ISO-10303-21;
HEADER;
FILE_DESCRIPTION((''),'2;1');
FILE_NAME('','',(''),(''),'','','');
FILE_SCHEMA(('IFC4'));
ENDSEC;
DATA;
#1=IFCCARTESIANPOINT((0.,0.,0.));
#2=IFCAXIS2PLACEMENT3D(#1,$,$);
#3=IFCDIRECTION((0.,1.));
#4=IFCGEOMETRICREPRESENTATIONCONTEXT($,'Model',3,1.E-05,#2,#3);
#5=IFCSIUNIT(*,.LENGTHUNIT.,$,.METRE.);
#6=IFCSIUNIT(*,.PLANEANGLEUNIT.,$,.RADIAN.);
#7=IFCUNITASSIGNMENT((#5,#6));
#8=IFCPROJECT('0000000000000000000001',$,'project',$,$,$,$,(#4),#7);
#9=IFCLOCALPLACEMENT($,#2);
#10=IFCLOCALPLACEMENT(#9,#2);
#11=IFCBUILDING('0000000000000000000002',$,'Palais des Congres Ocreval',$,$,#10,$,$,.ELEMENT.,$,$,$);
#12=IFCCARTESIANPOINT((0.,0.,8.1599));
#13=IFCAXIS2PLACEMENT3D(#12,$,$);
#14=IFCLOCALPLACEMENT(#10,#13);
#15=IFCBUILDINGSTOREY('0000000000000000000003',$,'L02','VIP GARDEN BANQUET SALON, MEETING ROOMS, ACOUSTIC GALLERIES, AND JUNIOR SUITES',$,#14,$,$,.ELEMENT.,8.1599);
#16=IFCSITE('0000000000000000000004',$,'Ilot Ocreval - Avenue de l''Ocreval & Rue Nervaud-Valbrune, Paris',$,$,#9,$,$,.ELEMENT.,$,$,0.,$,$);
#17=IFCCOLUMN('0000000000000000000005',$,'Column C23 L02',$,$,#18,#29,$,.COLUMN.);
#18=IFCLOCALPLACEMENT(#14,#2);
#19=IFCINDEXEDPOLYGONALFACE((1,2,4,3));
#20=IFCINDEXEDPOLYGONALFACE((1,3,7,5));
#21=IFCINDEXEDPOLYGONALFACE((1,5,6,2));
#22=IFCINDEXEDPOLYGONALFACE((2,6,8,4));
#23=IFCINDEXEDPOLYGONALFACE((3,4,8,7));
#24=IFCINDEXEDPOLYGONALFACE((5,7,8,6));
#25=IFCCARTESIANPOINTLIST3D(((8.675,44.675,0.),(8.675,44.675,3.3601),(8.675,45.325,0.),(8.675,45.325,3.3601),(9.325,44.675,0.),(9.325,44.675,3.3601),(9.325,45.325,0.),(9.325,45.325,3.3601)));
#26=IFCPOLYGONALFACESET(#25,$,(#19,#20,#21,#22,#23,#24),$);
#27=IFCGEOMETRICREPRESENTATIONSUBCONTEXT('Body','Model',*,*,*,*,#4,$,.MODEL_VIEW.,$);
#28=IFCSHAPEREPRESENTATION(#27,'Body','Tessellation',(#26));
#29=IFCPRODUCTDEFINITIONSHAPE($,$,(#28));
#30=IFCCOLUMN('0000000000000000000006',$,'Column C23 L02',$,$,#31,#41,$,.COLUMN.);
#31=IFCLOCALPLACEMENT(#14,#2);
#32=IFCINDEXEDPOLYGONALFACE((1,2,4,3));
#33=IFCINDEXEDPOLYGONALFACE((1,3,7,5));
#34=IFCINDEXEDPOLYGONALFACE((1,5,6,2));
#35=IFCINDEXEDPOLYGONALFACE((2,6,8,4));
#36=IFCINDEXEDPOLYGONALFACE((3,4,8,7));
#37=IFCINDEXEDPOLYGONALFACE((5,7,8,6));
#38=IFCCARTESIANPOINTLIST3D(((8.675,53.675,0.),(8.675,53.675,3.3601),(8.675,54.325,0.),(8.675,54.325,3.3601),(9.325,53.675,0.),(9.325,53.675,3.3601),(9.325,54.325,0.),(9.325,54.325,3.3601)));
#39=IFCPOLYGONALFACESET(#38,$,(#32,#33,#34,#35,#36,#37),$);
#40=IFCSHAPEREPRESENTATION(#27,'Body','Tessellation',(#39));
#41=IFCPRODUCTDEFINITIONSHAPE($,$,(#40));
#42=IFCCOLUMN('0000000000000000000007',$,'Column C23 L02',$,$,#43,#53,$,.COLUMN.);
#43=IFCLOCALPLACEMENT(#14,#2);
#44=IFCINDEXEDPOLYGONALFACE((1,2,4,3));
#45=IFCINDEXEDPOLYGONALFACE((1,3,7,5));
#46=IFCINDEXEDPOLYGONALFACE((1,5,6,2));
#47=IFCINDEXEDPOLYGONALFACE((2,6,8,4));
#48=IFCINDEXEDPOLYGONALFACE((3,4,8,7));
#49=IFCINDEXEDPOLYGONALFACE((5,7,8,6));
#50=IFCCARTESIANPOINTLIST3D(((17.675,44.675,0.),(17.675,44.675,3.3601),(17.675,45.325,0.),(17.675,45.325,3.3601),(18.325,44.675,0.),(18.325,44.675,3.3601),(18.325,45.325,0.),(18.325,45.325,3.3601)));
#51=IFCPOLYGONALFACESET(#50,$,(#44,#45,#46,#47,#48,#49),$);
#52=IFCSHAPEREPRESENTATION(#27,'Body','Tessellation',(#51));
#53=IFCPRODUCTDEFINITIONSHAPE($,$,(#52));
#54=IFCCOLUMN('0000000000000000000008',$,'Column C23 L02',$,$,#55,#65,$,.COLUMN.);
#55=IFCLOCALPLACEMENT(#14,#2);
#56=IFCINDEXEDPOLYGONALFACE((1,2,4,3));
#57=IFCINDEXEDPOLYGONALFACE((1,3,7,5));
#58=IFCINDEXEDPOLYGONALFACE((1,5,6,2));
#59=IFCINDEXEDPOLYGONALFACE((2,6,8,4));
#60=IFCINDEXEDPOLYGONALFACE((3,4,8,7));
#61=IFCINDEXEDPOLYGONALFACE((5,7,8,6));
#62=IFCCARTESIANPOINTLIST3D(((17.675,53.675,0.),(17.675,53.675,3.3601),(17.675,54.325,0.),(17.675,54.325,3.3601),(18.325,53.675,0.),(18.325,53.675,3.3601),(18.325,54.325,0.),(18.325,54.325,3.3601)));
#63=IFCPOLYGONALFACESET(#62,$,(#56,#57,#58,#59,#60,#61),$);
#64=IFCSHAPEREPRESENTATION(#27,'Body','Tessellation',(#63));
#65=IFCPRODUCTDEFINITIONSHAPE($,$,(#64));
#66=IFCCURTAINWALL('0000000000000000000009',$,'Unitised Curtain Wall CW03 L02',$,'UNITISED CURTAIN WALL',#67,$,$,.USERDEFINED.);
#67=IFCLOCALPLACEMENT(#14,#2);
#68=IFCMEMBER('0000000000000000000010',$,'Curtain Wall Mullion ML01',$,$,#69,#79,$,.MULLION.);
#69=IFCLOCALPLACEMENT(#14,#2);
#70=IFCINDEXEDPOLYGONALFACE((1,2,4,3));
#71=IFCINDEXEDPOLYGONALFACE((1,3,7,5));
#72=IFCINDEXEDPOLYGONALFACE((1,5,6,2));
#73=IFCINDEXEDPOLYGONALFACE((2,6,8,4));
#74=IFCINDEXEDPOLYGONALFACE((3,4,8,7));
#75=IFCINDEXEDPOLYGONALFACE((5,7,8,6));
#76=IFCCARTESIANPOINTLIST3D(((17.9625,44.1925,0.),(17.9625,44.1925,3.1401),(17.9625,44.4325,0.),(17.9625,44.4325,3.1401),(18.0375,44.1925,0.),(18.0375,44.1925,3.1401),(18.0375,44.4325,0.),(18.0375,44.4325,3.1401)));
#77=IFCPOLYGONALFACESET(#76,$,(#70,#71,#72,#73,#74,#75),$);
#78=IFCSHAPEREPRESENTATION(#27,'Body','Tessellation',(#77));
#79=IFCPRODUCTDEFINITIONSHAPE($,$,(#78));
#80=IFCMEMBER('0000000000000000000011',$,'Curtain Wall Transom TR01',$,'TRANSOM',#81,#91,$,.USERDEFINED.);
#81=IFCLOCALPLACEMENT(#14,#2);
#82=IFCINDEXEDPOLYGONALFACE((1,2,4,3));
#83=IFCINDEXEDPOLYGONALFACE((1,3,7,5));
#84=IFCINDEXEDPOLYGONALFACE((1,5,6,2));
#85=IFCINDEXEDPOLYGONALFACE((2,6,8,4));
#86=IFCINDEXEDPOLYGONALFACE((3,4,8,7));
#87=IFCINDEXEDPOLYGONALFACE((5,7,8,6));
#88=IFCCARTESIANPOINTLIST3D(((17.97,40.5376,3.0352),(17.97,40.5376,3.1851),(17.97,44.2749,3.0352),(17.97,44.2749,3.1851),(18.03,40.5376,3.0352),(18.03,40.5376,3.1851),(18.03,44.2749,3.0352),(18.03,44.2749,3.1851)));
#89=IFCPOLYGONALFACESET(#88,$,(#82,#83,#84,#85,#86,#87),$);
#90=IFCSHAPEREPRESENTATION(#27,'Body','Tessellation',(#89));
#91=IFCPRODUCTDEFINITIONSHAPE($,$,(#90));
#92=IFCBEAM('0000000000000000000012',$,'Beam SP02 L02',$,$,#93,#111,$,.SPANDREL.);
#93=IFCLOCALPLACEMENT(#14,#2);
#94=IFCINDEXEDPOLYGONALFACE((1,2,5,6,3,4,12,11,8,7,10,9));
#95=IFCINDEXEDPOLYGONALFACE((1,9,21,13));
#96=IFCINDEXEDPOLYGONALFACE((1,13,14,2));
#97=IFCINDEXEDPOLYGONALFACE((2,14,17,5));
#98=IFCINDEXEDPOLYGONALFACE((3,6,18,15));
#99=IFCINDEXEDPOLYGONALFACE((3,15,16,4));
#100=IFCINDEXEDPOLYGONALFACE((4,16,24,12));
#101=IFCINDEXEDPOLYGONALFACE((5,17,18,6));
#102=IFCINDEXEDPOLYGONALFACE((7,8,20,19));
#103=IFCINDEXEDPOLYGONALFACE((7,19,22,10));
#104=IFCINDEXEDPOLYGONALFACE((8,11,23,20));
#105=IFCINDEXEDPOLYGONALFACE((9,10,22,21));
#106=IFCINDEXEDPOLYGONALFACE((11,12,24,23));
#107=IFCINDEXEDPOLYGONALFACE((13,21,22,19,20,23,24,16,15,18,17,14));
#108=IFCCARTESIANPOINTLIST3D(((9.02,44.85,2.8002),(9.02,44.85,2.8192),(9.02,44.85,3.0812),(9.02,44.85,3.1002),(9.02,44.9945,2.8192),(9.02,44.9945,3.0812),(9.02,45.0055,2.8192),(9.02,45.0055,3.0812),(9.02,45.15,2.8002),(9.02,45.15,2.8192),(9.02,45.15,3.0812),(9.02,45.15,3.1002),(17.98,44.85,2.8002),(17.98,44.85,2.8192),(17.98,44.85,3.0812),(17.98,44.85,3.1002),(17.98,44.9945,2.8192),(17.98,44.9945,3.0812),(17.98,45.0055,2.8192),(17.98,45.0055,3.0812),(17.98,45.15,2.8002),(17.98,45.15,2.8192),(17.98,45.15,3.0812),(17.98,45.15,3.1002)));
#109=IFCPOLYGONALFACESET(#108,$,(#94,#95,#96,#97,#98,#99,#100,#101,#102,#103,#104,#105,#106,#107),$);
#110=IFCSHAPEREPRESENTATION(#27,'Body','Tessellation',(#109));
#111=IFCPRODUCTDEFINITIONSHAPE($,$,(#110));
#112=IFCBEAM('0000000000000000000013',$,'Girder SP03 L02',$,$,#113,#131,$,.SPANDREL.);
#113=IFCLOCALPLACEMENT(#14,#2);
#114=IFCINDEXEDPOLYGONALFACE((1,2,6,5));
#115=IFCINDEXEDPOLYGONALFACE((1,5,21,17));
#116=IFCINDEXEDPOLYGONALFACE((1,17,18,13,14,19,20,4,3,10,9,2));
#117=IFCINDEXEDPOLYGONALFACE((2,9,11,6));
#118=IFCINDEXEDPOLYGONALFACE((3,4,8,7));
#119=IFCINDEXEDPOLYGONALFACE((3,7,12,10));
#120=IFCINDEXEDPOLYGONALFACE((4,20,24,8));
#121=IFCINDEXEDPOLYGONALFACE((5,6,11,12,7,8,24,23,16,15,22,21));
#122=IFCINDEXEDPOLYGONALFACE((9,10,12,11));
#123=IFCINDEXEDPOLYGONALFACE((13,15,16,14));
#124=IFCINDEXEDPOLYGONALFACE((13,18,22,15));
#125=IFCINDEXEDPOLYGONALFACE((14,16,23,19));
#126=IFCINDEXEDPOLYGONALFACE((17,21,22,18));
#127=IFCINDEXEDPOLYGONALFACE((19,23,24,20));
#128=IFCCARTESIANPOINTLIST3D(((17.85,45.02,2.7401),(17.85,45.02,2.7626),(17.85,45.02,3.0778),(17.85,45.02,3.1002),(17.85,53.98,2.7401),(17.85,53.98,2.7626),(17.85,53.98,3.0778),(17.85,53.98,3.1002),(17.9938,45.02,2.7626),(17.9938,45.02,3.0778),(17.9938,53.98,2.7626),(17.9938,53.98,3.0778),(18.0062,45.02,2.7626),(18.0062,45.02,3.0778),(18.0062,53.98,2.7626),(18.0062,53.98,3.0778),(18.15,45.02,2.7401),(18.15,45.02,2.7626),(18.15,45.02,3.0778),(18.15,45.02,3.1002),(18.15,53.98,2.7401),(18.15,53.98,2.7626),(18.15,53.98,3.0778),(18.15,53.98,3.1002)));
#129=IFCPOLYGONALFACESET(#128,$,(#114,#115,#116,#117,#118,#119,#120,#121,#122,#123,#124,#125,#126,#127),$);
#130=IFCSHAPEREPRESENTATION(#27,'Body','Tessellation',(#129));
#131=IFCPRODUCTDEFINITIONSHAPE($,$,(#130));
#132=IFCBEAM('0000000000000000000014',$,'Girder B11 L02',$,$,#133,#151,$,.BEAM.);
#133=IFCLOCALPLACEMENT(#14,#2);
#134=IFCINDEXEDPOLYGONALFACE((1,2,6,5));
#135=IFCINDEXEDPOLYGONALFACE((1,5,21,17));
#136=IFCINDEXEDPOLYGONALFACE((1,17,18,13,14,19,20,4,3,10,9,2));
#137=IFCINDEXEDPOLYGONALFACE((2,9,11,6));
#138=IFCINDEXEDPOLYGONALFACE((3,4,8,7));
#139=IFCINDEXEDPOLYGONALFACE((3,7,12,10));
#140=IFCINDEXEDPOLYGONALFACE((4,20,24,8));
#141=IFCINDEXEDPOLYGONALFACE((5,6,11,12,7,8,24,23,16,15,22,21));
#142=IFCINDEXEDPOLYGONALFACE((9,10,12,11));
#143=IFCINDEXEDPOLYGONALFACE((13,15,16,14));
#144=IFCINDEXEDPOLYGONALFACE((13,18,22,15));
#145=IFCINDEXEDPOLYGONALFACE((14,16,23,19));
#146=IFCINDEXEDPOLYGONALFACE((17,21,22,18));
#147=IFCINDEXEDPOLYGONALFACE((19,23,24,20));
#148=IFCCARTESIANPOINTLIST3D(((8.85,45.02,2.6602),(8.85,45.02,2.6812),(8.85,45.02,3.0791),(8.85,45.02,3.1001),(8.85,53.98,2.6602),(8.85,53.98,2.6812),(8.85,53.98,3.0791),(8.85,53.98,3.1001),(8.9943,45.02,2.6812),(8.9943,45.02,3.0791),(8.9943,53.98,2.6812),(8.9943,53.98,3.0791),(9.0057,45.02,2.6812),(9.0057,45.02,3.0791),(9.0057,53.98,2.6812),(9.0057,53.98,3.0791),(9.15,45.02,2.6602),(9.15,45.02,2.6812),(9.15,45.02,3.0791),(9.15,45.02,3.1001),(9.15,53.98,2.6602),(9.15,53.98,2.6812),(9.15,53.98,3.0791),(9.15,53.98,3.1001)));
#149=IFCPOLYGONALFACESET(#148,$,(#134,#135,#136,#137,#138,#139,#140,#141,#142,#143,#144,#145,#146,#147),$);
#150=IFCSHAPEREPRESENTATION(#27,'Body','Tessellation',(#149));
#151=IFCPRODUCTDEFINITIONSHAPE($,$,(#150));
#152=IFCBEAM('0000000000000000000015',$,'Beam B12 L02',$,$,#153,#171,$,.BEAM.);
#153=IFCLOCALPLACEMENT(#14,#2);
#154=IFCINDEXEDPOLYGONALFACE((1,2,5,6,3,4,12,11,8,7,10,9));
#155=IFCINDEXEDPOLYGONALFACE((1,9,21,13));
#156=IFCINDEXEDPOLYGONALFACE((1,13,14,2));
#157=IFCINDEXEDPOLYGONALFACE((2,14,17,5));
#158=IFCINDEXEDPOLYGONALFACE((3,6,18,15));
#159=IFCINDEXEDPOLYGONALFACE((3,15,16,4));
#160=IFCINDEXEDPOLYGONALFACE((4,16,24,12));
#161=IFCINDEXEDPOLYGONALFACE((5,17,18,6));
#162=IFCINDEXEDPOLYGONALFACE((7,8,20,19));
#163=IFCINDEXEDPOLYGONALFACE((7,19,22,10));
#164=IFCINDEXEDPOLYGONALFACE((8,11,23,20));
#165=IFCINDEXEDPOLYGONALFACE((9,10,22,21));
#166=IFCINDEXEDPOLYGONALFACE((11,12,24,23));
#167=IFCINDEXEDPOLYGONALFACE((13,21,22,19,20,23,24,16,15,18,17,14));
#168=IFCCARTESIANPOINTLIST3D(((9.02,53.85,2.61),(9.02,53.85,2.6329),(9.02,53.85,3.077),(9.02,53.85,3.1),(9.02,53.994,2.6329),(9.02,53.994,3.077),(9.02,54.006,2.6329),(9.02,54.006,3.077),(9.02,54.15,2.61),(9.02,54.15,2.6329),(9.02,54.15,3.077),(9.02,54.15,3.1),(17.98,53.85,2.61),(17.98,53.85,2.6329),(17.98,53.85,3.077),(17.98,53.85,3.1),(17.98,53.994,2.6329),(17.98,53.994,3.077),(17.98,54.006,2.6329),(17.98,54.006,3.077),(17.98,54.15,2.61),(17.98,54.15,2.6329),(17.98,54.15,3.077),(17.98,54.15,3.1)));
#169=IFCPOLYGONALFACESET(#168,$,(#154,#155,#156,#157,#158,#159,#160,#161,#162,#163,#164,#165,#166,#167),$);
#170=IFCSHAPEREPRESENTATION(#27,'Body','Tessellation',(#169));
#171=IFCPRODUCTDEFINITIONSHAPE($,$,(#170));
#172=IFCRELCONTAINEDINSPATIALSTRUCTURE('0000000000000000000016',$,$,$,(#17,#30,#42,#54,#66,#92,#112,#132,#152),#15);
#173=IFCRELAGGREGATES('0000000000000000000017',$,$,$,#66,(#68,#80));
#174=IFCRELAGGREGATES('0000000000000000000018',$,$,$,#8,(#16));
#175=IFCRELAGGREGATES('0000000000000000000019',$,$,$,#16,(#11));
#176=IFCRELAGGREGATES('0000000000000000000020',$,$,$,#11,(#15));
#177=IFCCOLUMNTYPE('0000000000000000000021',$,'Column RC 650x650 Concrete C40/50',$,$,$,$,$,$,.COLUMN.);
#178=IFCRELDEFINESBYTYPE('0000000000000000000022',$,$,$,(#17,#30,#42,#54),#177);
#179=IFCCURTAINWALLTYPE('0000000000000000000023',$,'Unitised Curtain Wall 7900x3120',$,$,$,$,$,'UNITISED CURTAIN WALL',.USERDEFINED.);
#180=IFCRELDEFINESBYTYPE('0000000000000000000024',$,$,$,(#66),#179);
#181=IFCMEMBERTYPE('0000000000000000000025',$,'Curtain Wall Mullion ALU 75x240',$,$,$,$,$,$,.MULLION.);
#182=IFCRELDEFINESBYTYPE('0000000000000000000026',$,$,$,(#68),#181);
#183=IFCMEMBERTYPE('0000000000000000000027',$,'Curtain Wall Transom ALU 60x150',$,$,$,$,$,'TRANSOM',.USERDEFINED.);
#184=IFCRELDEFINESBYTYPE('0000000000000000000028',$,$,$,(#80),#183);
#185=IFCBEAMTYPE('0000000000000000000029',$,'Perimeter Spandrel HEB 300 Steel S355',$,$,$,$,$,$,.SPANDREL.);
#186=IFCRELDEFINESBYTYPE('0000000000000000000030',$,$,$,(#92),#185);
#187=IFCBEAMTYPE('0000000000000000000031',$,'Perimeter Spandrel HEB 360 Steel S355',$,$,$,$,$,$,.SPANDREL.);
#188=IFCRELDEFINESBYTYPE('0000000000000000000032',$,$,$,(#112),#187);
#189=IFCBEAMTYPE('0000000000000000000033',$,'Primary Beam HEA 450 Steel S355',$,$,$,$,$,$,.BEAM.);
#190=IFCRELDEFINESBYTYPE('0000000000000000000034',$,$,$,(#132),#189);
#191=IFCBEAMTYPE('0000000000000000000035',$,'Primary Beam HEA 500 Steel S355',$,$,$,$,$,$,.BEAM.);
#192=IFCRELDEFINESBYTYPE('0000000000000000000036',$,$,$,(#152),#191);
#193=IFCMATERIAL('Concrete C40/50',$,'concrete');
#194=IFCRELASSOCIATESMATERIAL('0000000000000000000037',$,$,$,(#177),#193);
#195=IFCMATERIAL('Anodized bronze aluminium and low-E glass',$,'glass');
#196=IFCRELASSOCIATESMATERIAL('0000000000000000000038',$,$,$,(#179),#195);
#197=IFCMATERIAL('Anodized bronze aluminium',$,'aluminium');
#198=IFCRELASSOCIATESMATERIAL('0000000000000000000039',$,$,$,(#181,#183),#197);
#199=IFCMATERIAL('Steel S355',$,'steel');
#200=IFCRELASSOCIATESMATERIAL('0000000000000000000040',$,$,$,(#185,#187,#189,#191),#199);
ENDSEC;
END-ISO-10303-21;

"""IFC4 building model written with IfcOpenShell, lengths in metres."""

from ifc_helpers import new_model, si_unit, direction, frame, origin, origin_2d, place, context, subcontext, project, spatial, rectangle, i_section, extrude, material, material_profile, profile_set, type_object, element, aggregate, save


model = new_model("IFC4")

# Units and contexts
model_context = context("Model", 3, precision=1e-05, world=origin(), true_north=direction((0.0, 1.0)))
body_context = subcontext(model_context, "Body", "Model", "MODEL_VIEW")
ifc_project = project(units=[si_unit("LENGTHUNIT", "METRE"), si_unit("PLANEANGLEUNIT", "RADIAN")], contexts=[model_context])

# Site, building, storey
site_placement = place(None, origin())
site = spatial("IfcSite", under=ifc_project, at=site_placement, Name="Ilot Ocreval - Avenue de l'Ocreval & Rue Nervaud-Valbrune, Paris", CompositionType="ELEMENT", RefElevation=0.0)
building_placement = place(site_placement, origin())
building = spatial("IfcBuilding", under=site, at=building_placement, Name="Palais des Congres Ocreval", CompositionType="ELEMENT")
storey_placement = place(building_placement, frame((0.0, 0.0, 8.1599)))
storey = spatial("IfcBuildingStorey", under=building, at=storey_placement, Name="L02", Description="VIP GARDEN BANQUET SALON, MEETING ROOMS, ACOUSTIC GALLERIES, AND JUNIOR SUITES", CompositionType="ELEMENT", Elevation=8.1599)

# Columns
ifc_material_1 = material(Name="Concrete C40/50", Category="concrete")
ifc_material_profile_1 = material_profile(ifc_material_1, rectangle(XDim=0.6499, YDim=0.6499, at=origin_2d()), Name="RC 650x650")
ifc_profile_set_1 = profile_set([ifc_material_profile_1], Name="Concrete C40/50")
column_type = type_object("IfcColumnType", Name="Column RC 650x650 Concrete C40/50", PredefinedType="COLUMN", material=ifc_profile_set_1)
for number, where, z_axis, x_axis, name in (
    (1, (9.0, 45.0, 0.0), (0.0, 0.0, 1.0), (1.0, 0.0, 0.0), "Column C23 L02"),
    (2, (9.0, 54.0, 0.0), (0.0, 0.0, 1.0), (1.0, 0.0, 0.0), "Column C23 L02"),
    (3, (18.0, 45.0, 0.0), (0.0, 0.0, 1.0), (1.0, 0.0, 0.0), "Column C23 L02"),
    (4, (18.0, 54.0, 0.0), (0.0, 0.0, 1.0), (1.0, 0.0, 0.0), "Column C23 L02"),
):
    element("IfcColumn", number, at=place(storey_placement, frame(where, z_axis=z_axis, x_axis=x_axis)), inside=storey, type_object=column_type, Name=name, PredefinedType="COLUMN", context=body_context, shape_type="SweptSolid", body=[
        extrude(rectangle(XDim=0.6499, YDim=0.6499, at=origin_2d()), origin(), (0.0, 0.0, 1.0), 3.3601),
    ])

# Curtain wall, members
ifc_material_2 = material(Name="Anodized bronze aluminium and low-E glass", Category="glass")
curtain_wall_type = type_object("IfcCurtainWallType", Name="Unitised Curtain Wall 7900x3120", ElementType="UNITISED CURTAIN WALL", PredefinedType="USERDEFINED", material=ifc_material_2)
curtain_wall_placement = place(storey_placement, origin())
curtain_wall = element("IfcCurtainWall", 5, at=curtain_wall_placement, inside=storey, type_object=curtain_wall_type, Name="Unitised Curtain Wall CW03 L02", ObjectType="UNITISED CURTAIN WALL", PredefinedType="USERDEFINED")
ifc_material_3 = material(Name="Anodized bronze aluminium", Category="aluminium")
ifc_material_profile_2 = material_profile(ifc_material_3, rectangle(XDim=0.075, YDim=0.24, at=origin_2d()), Name="ALU 75x240")
ifc_profile_set_2 = profile_set([ifc_material_profile_2], Name="Anodized bronze aluminium")
member_type_1 = type_object("IfcMemberType", Name="Curtain Wall Mullion ALU 75x240", PredefinedType="MULLION", material=ifc_profile_set_2)
member_1_placement = place(storey_placement, frame((18.0, 44.3125, 0.0), z_axis=(0.0, 0.0, 1.0), x_axis=(1.0, 0.0, 0.0)))
member_1 = element("IfcMember", 6, at=member_1_placement, type_object=member_type_1, Name="Curtain Wall Mullion ML01", PredefinedType="MULLION", context=body_context, shape_type="SweptSolid", body=[
    extrude(rectangle(XDim=0.075, YDim=0.24, at=origin_2d()), origin(), (0.0, 0.0, 1.0), 3.1401),
])
ifc_material_profile_3 = material_profile(ifc_material_3, rectangle(XDim=0.0601, YDim=0.1499, at=origin_2d()), Name="ALU 60x150")
ifc_profile_set_3 = profile_set([ifc_material_profile_3], Name="Anodized bronze aluminium")
member_type_2 = type_object("IfcMemberType", Name="Curtain Wall Transom ALU 60x150", ElementType="TRANSOM", PredefinedType="USERDEFINED", material=ifc_profile_set_3)
member_2_placement = place(storey_placement, frame((18.0, 44.2749, 3.1101), z_axis=(0.0, -1.0, 0.0), x_axis=(1.0, 0.0, 0.0)))
member_2 = element("IfcMember", 7, at=member_2_placement, type_object=member_type_2, Name="Curtain Wall Transom TR01", ObjectType="TRANSOM", PredefinedType="USERDEFINED", context=body_context, shape_type="SweptSolid", body=[
    extrude(rectangle(XDim=0.0601, YDim=0.1499, at=origin_2d()), origin(), (0.0, 0.0, 1.0), 3.7373),
])
aggregate(curtain_wall, [member_1, member_2])

# Beams
ifc_material_4 = material(Name="Steel S355", Category="steel")
ifc_material_profile_4 = material_profile(ifc_material_4, i_section(OverallWidth=0.3, OverallDepth=0.3, WebThickness=0.011, FlangeThickness=0.019, at=origin_2d()), Name="HEB 300")
ifc_profile_set_4 = profile_set([ifc_material_profile_4], Name="Steel S355")
beam_type_1 = type_object("IfcBeamType", Name="Perimeter Spandrel HEB 300 Steel S355", PredefinedType="SPANDREL", material=ifc_profile_set_4)
beam_1_placement = place(storey_placement, frame((9.02, 45.0, 2.9502), z_axis=(1.0, 0.0, 0.0), x_axis=(0.0, 1.0, 0.0)))
element("IfcBeam", 8, at=beam_1_placement, inside=storey, type_object=beam_type_1, Name="Beam SP02 L02", PredefinedType="SPANDREL", context=body_context, shape_type="SweptSolid", body=[
    extrude(i_section(OverallWidth=0.3, OverallDepth=0.3, WebThickness=0.011, FlangeThickness=0.019, at=origin_2d()), origin(), (0.0, 0.0, 1.0), 8.96),
])
ifc_material_profile_5 = material_profile(ifc_material_4, i_section(OverallWidth=0.3, OverallDepth=0.3601, WebThickness=0.0125, FlangeThickness=0.0225, at=origin_2d()), Name="HEB 360")
ifc_profile_set_5 = profile_set([ifc_material_profile_5], Name="Steel S355")
beam_type_2 = type_object("IfcBeamType", Name="Perimeter Spandrel HEB 360 Steel S355", PredefinedType="SPANDREL", material=ifc_profile_set_5)
beam_2_placement = place(storey_placement, frame((18.0, 45.02, 2.9202), z_axis=(0.0, 1.0, 0.0), x_axis=(-1.0, 0.0, 0.0)))
element("IfcBeam", 9, at=beam_2_placement, inside=storey, type_object=beam_type_2, Name="Girder SP03 L02", PredefinedType="SPANDREL", context=body_context, shape_type="SweptSolid", body=[
    extrude(i_section(OverallWidth=0.3, OverallDepth=0.3601, WebThickness=0.0125, FlangeThickness=0.0225, at=origin_2d()), origin(), (0.0, 0.0, 1.0), 8.96),
])
ifc_material_profile_6 = material_profile(ifc_material_4, i_section(OverallWidth=0.3, OverallDepth=0.4399, WebThickness=0.0115, FlangeThickness=0.021, at=origin_2d()), Name="HEA 450")
ifc_profile_set_6 = profile_set([ifc_material_profile_6], Name="Steel S355")
beam_type_3 = type_object("IfcBeamType", Name="Primary Beam HEA 450 Steel S355", PredefinedType="BEAM", material=ifc_profile_set_6)
beam_3_placement = place(storey_placement, frame((9.0, 45.02, 2.8801), z_axis=(0.0, 1.0, 0.0), x_axis=(-1.0, 0.0, 0.0)))
element("IfcBeam", 10, at=beam_3_placement, inside=storey, type_object=beam_type_3, Name="Girder B11 L02", PredefinedType="BEAM", context=body_context, shape_type="SweptSolid", body=[
    extrude(i_section(OverallWidth=0.3, OverallDepth=0.4399, WebThickness=0.0115, FlangeThickness=0.021, at=origin_2d()), origin(), (0.0, 0.0, 1.0), 8.96),
])
ifc_material_profile_7 = material_profile(ifc_material_4, i_section(OverallWidth=0.3, OverallDepth=0.49, WebThickness=0.012, FlangeThickness=0.0229, at=origin_2d()), Name="HEA 500")
ifc_profile_set_7 = profile_set([ifc_material_profile_7], Name="Steel S355")
beam_type_4 = type_object("IfcBeamType", Name="Primary Beam HEA 500 Steel S355", PredefinedType="BEAM", material=ifc_profile_set_7)
beam_4_placement = place(storey_placement, frame((9.02, 54.0, 2.855), z_axis=(1.0, 0.0, 0.0), x_axis=(0.0, 1.0, 0.0)))
element("IfcBeam", 11, at=beam_4_placement, inside=storey, type_object=beam_type_4, Name="Beam B12 L02", PredefinedType="BEAM", context=body_context, shape_type="SweptSolid", body=[
    extrude(i_section(OverallWidth=0.3, OverallDepth=0.49, WebThickness=0.012, FlangeThickness=0.0229, at=origin_2d()), origin(), (0.0, 0.0, 1.0), 8.96),
])

save(model, "model.ifc")
